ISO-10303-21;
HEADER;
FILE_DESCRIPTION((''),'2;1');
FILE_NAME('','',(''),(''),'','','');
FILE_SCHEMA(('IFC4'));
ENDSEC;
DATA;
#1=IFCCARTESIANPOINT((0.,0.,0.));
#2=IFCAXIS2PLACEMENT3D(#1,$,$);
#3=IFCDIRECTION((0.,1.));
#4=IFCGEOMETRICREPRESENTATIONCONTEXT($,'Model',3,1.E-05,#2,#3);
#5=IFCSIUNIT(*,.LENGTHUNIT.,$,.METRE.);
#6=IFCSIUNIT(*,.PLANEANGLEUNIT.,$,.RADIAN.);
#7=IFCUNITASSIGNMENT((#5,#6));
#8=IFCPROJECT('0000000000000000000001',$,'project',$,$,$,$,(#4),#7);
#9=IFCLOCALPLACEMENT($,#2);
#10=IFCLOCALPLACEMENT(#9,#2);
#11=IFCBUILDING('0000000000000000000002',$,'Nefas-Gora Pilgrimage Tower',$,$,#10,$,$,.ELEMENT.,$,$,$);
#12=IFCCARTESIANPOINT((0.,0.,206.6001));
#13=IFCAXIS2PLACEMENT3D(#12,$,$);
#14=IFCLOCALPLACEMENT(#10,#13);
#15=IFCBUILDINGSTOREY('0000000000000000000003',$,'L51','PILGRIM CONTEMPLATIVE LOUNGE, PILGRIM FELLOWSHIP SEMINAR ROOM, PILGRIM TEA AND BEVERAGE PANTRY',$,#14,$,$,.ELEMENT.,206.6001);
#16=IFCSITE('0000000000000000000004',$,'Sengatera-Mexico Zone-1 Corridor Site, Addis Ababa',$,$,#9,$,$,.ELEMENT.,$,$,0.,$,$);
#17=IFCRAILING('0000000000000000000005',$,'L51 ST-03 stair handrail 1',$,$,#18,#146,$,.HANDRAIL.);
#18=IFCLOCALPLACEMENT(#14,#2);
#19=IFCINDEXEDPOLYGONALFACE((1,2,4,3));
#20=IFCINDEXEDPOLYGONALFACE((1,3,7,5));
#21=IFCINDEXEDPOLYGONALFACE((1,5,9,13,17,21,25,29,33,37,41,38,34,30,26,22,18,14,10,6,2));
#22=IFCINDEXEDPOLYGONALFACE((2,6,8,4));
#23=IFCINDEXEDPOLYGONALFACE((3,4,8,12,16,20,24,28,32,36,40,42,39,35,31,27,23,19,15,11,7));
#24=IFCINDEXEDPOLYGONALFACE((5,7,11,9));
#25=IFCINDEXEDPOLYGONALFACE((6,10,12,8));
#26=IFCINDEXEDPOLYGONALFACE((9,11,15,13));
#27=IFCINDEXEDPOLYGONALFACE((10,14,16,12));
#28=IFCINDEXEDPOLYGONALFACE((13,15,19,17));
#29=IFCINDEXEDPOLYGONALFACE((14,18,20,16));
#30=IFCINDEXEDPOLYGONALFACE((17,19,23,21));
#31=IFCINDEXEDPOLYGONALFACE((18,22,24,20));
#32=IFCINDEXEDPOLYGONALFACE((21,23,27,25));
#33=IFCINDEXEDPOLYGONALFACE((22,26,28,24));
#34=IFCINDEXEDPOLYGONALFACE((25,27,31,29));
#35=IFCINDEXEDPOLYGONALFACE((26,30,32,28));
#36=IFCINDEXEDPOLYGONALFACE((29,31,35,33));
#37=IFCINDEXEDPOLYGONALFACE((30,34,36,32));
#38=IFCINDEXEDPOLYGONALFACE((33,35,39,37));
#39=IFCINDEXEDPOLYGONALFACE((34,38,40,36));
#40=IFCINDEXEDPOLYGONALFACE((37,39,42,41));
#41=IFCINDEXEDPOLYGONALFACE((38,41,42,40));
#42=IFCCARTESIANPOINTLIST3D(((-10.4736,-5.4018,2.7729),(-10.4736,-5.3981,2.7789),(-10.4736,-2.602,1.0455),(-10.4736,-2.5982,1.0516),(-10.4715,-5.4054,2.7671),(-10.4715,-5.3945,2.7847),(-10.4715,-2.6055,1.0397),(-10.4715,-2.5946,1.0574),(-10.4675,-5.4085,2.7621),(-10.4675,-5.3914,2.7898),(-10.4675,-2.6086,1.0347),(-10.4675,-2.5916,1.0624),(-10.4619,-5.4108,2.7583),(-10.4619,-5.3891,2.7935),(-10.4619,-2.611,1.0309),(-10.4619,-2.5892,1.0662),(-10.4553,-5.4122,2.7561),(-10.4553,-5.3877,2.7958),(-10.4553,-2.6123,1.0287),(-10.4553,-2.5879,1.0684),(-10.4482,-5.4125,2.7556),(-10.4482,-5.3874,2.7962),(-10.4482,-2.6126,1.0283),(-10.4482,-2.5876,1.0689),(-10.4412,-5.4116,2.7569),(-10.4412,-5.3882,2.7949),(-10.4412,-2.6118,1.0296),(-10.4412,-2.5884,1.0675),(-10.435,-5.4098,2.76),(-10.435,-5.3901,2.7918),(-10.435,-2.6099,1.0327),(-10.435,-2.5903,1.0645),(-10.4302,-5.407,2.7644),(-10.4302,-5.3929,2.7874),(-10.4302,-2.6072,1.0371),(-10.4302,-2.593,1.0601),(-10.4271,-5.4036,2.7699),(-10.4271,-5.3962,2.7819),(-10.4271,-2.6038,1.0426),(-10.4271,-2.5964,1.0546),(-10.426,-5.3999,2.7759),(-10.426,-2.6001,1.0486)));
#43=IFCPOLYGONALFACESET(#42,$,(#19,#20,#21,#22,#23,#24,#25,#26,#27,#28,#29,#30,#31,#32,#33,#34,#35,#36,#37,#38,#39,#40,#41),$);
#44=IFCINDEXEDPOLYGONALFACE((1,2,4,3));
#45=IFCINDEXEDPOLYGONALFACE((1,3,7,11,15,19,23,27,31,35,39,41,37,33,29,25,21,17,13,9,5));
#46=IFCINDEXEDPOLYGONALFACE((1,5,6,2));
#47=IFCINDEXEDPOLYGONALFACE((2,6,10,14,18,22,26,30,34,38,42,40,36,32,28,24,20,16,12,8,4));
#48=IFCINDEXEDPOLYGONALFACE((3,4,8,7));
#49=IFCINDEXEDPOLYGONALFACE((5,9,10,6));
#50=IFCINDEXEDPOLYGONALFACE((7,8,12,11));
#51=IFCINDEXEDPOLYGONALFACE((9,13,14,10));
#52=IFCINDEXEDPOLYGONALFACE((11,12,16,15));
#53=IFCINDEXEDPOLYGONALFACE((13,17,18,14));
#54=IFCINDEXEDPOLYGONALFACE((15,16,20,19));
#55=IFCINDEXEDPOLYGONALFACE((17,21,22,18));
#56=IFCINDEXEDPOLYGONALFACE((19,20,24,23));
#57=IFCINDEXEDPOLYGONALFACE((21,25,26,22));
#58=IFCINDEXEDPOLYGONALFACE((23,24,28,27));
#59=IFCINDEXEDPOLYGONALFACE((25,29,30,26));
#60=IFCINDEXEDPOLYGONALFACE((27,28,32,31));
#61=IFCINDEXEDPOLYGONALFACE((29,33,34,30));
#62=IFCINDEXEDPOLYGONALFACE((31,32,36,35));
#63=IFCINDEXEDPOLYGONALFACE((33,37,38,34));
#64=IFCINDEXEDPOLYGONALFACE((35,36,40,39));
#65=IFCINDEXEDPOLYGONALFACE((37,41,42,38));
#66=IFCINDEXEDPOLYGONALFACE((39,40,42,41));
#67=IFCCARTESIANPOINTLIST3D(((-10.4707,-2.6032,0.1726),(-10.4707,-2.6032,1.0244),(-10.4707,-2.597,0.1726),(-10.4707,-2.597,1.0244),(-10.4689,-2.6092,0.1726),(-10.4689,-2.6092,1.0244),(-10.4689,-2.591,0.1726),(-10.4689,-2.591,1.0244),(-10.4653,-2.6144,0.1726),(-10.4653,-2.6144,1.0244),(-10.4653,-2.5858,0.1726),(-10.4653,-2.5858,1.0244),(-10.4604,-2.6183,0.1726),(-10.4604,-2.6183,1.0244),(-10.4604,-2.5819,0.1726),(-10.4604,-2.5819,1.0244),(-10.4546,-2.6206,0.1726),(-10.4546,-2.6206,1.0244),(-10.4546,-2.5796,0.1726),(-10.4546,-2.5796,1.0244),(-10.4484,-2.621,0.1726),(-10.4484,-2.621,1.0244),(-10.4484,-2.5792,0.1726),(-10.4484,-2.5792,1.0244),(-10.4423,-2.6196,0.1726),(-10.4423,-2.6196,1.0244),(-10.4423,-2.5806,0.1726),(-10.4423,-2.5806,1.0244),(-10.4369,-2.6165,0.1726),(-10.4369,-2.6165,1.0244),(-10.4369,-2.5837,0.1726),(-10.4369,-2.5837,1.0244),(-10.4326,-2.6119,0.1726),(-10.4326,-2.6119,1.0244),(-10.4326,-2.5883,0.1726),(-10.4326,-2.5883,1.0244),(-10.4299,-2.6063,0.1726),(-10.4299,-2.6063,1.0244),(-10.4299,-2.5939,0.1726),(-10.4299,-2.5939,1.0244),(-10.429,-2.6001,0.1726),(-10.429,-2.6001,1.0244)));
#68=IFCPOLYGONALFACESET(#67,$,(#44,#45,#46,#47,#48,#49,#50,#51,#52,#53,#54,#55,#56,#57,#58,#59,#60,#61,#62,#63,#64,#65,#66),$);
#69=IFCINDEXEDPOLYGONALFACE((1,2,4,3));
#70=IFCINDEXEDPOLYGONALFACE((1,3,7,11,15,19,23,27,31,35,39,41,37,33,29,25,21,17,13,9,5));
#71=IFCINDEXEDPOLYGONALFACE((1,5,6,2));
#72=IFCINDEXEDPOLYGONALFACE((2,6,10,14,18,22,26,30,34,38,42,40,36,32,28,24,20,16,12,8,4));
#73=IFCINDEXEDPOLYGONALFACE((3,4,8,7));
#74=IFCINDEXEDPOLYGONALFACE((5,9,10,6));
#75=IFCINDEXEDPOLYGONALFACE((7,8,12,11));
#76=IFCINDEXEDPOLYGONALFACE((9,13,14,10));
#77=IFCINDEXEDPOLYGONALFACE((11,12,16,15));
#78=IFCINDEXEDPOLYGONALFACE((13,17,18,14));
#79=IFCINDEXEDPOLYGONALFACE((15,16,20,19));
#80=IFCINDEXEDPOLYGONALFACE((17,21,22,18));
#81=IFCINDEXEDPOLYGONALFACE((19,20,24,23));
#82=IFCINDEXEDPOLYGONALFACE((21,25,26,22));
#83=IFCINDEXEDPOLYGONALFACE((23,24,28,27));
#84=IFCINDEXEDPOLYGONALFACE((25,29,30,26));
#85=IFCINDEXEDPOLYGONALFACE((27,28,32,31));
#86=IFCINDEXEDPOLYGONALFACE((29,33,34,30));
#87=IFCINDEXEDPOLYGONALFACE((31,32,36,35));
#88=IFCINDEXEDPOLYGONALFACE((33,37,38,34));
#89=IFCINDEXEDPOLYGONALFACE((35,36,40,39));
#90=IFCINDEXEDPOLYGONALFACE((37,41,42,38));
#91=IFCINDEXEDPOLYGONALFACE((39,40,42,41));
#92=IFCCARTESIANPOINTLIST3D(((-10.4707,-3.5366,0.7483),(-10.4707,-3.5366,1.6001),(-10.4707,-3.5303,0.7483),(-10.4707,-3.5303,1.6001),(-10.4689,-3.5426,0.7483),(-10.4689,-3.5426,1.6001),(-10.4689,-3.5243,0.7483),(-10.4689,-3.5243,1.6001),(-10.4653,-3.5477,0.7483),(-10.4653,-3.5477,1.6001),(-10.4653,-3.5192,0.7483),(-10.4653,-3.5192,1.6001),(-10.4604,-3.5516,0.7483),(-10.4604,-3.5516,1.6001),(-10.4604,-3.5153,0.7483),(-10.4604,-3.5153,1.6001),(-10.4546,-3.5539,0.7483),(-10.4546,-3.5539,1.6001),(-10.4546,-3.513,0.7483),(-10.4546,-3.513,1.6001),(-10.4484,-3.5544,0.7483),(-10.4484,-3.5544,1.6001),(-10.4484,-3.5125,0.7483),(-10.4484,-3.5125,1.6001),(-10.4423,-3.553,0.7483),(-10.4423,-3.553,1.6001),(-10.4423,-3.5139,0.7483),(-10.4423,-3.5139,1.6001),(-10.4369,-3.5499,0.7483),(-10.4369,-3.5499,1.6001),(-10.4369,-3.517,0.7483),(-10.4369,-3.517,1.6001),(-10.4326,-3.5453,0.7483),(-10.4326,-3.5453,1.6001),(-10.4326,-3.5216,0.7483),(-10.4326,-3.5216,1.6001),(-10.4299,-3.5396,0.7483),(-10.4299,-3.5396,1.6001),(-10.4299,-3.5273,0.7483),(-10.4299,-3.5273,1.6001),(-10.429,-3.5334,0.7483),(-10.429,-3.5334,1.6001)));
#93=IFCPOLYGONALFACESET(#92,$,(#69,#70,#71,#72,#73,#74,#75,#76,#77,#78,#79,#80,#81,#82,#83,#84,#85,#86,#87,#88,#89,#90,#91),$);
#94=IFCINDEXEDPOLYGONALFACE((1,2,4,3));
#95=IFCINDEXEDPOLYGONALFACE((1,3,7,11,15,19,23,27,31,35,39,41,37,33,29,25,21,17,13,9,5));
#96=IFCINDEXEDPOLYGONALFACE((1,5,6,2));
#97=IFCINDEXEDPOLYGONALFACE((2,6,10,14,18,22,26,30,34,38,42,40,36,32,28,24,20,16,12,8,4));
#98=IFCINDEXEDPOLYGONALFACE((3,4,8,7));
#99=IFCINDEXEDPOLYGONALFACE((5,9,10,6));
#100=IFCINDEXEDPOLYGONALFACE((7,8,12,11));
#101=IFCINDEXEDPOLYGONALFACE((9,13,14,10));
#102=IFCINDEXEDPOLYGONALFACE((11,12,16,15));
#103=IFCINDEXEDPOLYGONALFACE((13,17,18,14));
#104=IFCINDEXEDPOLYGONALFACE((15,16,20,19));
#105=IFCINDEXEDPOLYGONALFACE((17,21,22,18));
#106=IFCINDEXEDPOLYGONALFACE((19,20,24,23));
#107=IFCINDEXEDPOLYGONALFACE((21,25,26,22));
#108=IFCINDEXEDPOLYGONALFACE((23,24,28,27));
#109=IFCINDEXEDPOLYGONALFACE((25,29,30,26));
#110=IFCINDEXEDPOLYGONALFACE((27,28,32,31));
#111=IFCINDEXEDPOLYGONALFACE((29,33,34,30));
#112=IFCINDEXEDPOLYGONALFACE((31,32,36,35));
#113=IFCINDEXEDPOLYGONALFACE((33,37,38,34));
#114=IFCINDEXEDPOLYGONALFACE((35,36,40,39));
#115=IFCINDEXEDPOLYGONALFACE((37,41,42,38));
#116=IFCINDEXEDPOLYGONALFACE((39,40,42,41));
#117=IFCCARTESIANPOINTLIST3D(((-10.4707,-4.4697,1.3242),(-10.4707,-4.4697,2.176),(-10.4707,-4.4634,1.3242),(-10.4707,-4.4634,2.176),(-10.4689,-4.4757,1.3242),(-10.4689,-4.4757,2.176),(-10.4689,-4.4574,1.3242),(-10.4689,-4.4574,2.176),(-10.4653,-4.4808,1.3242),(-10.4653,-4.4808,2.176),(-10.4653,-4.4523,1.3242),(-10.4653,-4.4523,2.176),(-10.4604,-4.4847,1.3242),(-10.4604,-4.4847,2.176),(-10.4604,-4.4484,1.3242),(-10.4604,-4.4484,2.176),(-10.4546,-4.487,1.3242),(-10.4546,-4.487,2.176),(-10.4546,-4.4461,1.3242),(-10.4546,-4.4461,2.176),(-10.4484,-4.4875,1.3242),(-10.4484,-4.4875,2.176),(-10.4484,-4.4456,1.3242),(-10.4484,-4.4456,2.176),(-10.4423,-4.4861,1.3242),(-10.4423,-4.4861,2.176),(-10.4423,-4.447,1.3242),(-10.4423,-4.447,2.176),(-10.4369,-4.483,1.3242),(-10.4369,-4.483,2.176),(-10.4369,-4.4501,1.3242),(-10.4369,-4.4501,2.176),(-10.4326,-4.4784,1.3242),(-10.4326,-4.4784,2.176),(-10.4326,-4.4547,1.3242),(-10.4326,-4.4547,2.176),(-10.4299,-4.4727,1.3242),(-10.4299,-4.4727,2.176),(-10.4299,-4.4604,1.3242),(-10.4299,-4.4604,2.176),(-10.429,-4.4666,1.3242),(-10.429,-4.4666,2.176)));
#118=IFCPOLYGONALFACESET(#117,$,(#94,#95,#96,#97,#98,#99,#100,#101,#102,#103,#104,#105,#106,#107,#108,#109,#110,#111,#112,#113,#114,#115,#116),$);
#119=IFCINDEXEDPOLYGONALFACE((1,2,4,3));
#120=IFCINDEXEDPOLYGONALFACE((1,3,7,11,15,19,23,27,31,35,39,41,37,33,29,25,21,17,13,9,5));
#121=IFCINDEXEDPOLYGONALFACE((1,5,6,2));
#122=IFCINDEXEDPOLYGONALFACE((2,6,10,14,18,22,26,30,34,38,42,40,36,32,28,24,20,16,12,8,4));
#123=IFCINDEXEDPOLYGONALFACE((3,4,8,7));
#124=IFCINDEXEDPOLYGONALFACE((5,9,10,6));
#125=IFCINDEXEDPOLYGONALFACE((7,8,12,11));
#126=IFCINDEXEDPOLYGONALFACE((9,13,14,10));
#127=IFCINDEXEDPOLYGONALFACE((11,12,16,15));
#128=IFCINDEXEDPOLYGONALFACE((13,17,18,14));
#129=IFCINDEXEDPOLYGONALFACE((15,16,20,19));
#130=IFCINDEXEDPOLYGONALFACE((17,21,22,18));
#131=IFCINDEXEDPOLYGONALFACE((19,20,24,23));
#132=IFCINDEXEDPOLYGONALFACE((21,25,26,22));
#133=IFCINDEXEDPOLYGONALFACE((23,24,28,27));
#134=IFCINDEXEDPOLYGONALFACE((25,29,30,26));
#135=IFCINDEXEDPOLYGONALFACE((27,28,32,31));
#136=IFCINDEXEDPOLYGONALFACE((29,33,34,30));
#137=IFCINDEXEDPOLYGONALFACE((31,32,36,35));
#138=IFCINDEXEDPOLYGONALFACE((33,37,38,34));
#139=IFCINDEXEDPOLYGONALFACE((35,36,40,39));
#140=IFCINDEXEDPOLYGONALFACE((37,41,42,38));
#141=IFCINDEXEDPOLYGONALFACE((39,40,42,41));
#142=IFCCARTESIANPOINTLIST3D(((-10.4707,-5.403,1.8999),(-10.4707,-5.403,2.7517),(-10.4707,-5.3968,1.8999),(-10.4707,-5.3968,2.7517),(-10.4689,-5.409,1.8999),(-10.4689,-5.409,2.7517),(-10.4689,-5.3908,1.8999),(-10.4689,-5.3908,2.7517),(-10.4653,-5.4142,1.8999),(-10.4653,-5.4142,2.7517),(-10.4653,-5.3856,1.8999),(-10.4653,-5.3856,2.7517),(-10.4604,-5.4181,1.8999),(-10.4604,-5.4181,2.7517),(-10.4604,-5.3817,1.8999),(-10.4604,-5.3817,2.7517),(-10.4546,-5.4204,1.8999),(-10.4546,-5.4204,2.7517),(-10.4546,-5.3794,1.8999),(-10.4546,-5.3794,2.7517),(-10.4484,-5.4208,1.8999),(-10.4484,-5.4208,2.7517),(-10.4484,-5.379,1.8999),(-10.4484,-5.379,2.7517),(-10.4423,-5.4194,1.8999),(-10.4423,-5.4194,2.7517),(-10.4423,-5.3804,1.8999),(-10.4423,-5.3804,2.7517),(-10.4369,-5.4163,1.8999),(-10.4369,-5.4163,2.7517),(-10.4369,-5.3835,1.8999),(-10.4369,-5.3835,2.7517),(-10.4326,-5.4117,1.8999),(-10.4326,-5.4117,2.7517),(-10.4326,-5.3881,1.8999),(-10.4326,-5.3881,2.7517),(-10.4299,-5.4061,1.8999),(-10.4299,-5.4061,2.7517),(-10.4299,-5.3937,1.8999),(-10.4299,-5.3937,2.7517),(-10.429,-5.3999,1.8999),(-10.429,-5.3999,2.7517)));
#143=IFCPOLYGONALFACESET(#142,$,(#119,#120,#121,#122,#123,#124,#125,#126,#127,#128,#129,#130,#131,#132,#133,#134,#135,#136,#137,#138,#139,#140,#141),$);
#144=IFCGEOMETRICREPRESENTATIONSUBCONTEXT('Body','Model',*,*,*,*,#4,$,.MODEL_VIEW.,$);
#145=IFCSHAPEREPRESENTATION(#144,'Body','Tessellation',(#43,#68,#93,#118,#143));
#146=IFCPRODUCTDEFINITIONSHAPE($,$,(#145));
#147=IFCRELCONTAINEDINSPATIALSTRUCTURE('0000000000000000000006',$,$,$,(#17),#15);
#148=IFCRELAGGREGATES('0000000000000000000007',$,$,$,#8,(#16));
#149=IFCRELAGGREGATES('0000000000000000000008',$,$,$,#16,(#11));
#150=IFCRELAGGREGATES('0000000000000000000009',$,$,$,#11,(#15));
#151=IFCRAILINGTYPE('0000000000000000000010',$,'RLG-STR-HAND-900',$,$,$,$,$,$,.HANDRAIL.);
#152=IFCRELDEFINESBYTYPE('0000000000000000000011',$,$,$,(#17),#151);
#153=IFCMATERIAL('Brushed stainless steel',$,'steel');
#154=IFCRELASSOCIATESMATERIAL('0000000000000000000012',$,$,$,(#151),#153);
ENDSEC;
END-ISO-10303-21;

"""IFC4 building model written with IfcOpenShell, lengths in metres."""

from ifc_helpers import new_model, si_unit, direction, frame, origin, origin_2d, place, context, subcontext, project, spatial, circle, extrude, material, type_object, element, save


model = new_model("IFC4")

# Units and contexts
model_context = context("Model", 3, precision=1e-05, world=origin(), true_north=direction((0.0, 1.0)))
body_context = subcontext(model_context, "Body", "Model", "MODEL_VIEW")
ifc_project = project(units=[si_unit("LENGTHUNIT", "METRE"), si_unit("PLANEANGLEUNIT", "RADIAN")], contexts=[model_context])

# Site, building, storey
site_placement = place(None, origin())
site = spatial("IfcSite", under=ifc_project, at=site_placement, Name="Sengatera-Mexico Zone-1 Corridor Site, Addis Ababa", CompositionType="ELEMENT", RefElevation=0.0)
building_placement = place(site_placement, origin())
building = spatial("IfcBuilding", under=site, at=building_placement, Name="Nefas-Gora Pilgrimage Tower", CompositionType="ELEMENT")
storey_placement = place(building_placement, frame((0.0, 0.0, 206.6001)))
storey = spatial("IfcBuildingStorey", under=building, at=storey_placement, Name="L51", Description="PILGRIM CONTEMPLATIVE LOUNGE, PILGRIM FELLOWSHIP SEMINAR ROOM, PILGRIM TEA AND BEVERAGE PANTRY", CompositionType="ELEMENT", Elevation=206.6001)

# Railing
ifc_material_1 = material(Name="Brushed stainless steel", Category="steel")
railing_type_1 = type_object("IfcRailingType", Name="RLG-STR-HAND-900", PredefinedType="HANDRAIL", material=ifc_material_1)
railing_1_placement = place(storey_placement, frame((-10.45, -2.6001, 0.1726)))
element("IfcRailing", 1, at=railing_1_placement, inside=storey, type_object=railing_type_1, Name="L51 ST-03 stair handrail 1", PredefinedType="HANDRAIL", context=body_context, shape_type="SweptSolid", body=[
    extrude(circle(Radius=0.0239, at=origin_2d()), frame((0.0, 0.0, 0.876), z_axis=(0.0, -0.851069, 0.525054), x_axis=(1.0, 0.0, 0.0)), (0.0, 0.0, 1.0), 3.2898),
    extrude(circle(Radius=0.021, at=origin_2d()), origin(), (0.0, 0.0, 1.0), 0.8518),
    extrude(circle(Radius=0.021, at=origin_2d()), frame((0.0, -0.9333, 0.5757)), (0.0, 0.0, 1.0), 0.8518),
    extrude(circle(Radius=0.021, at=origin_2d()), frame((0.0, -1.8665, 1.1516)), (0.0, 0.0, 1.0), 0.8518),
    extrude(circle(Radius=0.021, at=origin_2d()), frame((0.0, -2.7998, 1.7273)), (0.0, 0.0, 1.0), 0.8518),
])

save(model, "model.ifc")
